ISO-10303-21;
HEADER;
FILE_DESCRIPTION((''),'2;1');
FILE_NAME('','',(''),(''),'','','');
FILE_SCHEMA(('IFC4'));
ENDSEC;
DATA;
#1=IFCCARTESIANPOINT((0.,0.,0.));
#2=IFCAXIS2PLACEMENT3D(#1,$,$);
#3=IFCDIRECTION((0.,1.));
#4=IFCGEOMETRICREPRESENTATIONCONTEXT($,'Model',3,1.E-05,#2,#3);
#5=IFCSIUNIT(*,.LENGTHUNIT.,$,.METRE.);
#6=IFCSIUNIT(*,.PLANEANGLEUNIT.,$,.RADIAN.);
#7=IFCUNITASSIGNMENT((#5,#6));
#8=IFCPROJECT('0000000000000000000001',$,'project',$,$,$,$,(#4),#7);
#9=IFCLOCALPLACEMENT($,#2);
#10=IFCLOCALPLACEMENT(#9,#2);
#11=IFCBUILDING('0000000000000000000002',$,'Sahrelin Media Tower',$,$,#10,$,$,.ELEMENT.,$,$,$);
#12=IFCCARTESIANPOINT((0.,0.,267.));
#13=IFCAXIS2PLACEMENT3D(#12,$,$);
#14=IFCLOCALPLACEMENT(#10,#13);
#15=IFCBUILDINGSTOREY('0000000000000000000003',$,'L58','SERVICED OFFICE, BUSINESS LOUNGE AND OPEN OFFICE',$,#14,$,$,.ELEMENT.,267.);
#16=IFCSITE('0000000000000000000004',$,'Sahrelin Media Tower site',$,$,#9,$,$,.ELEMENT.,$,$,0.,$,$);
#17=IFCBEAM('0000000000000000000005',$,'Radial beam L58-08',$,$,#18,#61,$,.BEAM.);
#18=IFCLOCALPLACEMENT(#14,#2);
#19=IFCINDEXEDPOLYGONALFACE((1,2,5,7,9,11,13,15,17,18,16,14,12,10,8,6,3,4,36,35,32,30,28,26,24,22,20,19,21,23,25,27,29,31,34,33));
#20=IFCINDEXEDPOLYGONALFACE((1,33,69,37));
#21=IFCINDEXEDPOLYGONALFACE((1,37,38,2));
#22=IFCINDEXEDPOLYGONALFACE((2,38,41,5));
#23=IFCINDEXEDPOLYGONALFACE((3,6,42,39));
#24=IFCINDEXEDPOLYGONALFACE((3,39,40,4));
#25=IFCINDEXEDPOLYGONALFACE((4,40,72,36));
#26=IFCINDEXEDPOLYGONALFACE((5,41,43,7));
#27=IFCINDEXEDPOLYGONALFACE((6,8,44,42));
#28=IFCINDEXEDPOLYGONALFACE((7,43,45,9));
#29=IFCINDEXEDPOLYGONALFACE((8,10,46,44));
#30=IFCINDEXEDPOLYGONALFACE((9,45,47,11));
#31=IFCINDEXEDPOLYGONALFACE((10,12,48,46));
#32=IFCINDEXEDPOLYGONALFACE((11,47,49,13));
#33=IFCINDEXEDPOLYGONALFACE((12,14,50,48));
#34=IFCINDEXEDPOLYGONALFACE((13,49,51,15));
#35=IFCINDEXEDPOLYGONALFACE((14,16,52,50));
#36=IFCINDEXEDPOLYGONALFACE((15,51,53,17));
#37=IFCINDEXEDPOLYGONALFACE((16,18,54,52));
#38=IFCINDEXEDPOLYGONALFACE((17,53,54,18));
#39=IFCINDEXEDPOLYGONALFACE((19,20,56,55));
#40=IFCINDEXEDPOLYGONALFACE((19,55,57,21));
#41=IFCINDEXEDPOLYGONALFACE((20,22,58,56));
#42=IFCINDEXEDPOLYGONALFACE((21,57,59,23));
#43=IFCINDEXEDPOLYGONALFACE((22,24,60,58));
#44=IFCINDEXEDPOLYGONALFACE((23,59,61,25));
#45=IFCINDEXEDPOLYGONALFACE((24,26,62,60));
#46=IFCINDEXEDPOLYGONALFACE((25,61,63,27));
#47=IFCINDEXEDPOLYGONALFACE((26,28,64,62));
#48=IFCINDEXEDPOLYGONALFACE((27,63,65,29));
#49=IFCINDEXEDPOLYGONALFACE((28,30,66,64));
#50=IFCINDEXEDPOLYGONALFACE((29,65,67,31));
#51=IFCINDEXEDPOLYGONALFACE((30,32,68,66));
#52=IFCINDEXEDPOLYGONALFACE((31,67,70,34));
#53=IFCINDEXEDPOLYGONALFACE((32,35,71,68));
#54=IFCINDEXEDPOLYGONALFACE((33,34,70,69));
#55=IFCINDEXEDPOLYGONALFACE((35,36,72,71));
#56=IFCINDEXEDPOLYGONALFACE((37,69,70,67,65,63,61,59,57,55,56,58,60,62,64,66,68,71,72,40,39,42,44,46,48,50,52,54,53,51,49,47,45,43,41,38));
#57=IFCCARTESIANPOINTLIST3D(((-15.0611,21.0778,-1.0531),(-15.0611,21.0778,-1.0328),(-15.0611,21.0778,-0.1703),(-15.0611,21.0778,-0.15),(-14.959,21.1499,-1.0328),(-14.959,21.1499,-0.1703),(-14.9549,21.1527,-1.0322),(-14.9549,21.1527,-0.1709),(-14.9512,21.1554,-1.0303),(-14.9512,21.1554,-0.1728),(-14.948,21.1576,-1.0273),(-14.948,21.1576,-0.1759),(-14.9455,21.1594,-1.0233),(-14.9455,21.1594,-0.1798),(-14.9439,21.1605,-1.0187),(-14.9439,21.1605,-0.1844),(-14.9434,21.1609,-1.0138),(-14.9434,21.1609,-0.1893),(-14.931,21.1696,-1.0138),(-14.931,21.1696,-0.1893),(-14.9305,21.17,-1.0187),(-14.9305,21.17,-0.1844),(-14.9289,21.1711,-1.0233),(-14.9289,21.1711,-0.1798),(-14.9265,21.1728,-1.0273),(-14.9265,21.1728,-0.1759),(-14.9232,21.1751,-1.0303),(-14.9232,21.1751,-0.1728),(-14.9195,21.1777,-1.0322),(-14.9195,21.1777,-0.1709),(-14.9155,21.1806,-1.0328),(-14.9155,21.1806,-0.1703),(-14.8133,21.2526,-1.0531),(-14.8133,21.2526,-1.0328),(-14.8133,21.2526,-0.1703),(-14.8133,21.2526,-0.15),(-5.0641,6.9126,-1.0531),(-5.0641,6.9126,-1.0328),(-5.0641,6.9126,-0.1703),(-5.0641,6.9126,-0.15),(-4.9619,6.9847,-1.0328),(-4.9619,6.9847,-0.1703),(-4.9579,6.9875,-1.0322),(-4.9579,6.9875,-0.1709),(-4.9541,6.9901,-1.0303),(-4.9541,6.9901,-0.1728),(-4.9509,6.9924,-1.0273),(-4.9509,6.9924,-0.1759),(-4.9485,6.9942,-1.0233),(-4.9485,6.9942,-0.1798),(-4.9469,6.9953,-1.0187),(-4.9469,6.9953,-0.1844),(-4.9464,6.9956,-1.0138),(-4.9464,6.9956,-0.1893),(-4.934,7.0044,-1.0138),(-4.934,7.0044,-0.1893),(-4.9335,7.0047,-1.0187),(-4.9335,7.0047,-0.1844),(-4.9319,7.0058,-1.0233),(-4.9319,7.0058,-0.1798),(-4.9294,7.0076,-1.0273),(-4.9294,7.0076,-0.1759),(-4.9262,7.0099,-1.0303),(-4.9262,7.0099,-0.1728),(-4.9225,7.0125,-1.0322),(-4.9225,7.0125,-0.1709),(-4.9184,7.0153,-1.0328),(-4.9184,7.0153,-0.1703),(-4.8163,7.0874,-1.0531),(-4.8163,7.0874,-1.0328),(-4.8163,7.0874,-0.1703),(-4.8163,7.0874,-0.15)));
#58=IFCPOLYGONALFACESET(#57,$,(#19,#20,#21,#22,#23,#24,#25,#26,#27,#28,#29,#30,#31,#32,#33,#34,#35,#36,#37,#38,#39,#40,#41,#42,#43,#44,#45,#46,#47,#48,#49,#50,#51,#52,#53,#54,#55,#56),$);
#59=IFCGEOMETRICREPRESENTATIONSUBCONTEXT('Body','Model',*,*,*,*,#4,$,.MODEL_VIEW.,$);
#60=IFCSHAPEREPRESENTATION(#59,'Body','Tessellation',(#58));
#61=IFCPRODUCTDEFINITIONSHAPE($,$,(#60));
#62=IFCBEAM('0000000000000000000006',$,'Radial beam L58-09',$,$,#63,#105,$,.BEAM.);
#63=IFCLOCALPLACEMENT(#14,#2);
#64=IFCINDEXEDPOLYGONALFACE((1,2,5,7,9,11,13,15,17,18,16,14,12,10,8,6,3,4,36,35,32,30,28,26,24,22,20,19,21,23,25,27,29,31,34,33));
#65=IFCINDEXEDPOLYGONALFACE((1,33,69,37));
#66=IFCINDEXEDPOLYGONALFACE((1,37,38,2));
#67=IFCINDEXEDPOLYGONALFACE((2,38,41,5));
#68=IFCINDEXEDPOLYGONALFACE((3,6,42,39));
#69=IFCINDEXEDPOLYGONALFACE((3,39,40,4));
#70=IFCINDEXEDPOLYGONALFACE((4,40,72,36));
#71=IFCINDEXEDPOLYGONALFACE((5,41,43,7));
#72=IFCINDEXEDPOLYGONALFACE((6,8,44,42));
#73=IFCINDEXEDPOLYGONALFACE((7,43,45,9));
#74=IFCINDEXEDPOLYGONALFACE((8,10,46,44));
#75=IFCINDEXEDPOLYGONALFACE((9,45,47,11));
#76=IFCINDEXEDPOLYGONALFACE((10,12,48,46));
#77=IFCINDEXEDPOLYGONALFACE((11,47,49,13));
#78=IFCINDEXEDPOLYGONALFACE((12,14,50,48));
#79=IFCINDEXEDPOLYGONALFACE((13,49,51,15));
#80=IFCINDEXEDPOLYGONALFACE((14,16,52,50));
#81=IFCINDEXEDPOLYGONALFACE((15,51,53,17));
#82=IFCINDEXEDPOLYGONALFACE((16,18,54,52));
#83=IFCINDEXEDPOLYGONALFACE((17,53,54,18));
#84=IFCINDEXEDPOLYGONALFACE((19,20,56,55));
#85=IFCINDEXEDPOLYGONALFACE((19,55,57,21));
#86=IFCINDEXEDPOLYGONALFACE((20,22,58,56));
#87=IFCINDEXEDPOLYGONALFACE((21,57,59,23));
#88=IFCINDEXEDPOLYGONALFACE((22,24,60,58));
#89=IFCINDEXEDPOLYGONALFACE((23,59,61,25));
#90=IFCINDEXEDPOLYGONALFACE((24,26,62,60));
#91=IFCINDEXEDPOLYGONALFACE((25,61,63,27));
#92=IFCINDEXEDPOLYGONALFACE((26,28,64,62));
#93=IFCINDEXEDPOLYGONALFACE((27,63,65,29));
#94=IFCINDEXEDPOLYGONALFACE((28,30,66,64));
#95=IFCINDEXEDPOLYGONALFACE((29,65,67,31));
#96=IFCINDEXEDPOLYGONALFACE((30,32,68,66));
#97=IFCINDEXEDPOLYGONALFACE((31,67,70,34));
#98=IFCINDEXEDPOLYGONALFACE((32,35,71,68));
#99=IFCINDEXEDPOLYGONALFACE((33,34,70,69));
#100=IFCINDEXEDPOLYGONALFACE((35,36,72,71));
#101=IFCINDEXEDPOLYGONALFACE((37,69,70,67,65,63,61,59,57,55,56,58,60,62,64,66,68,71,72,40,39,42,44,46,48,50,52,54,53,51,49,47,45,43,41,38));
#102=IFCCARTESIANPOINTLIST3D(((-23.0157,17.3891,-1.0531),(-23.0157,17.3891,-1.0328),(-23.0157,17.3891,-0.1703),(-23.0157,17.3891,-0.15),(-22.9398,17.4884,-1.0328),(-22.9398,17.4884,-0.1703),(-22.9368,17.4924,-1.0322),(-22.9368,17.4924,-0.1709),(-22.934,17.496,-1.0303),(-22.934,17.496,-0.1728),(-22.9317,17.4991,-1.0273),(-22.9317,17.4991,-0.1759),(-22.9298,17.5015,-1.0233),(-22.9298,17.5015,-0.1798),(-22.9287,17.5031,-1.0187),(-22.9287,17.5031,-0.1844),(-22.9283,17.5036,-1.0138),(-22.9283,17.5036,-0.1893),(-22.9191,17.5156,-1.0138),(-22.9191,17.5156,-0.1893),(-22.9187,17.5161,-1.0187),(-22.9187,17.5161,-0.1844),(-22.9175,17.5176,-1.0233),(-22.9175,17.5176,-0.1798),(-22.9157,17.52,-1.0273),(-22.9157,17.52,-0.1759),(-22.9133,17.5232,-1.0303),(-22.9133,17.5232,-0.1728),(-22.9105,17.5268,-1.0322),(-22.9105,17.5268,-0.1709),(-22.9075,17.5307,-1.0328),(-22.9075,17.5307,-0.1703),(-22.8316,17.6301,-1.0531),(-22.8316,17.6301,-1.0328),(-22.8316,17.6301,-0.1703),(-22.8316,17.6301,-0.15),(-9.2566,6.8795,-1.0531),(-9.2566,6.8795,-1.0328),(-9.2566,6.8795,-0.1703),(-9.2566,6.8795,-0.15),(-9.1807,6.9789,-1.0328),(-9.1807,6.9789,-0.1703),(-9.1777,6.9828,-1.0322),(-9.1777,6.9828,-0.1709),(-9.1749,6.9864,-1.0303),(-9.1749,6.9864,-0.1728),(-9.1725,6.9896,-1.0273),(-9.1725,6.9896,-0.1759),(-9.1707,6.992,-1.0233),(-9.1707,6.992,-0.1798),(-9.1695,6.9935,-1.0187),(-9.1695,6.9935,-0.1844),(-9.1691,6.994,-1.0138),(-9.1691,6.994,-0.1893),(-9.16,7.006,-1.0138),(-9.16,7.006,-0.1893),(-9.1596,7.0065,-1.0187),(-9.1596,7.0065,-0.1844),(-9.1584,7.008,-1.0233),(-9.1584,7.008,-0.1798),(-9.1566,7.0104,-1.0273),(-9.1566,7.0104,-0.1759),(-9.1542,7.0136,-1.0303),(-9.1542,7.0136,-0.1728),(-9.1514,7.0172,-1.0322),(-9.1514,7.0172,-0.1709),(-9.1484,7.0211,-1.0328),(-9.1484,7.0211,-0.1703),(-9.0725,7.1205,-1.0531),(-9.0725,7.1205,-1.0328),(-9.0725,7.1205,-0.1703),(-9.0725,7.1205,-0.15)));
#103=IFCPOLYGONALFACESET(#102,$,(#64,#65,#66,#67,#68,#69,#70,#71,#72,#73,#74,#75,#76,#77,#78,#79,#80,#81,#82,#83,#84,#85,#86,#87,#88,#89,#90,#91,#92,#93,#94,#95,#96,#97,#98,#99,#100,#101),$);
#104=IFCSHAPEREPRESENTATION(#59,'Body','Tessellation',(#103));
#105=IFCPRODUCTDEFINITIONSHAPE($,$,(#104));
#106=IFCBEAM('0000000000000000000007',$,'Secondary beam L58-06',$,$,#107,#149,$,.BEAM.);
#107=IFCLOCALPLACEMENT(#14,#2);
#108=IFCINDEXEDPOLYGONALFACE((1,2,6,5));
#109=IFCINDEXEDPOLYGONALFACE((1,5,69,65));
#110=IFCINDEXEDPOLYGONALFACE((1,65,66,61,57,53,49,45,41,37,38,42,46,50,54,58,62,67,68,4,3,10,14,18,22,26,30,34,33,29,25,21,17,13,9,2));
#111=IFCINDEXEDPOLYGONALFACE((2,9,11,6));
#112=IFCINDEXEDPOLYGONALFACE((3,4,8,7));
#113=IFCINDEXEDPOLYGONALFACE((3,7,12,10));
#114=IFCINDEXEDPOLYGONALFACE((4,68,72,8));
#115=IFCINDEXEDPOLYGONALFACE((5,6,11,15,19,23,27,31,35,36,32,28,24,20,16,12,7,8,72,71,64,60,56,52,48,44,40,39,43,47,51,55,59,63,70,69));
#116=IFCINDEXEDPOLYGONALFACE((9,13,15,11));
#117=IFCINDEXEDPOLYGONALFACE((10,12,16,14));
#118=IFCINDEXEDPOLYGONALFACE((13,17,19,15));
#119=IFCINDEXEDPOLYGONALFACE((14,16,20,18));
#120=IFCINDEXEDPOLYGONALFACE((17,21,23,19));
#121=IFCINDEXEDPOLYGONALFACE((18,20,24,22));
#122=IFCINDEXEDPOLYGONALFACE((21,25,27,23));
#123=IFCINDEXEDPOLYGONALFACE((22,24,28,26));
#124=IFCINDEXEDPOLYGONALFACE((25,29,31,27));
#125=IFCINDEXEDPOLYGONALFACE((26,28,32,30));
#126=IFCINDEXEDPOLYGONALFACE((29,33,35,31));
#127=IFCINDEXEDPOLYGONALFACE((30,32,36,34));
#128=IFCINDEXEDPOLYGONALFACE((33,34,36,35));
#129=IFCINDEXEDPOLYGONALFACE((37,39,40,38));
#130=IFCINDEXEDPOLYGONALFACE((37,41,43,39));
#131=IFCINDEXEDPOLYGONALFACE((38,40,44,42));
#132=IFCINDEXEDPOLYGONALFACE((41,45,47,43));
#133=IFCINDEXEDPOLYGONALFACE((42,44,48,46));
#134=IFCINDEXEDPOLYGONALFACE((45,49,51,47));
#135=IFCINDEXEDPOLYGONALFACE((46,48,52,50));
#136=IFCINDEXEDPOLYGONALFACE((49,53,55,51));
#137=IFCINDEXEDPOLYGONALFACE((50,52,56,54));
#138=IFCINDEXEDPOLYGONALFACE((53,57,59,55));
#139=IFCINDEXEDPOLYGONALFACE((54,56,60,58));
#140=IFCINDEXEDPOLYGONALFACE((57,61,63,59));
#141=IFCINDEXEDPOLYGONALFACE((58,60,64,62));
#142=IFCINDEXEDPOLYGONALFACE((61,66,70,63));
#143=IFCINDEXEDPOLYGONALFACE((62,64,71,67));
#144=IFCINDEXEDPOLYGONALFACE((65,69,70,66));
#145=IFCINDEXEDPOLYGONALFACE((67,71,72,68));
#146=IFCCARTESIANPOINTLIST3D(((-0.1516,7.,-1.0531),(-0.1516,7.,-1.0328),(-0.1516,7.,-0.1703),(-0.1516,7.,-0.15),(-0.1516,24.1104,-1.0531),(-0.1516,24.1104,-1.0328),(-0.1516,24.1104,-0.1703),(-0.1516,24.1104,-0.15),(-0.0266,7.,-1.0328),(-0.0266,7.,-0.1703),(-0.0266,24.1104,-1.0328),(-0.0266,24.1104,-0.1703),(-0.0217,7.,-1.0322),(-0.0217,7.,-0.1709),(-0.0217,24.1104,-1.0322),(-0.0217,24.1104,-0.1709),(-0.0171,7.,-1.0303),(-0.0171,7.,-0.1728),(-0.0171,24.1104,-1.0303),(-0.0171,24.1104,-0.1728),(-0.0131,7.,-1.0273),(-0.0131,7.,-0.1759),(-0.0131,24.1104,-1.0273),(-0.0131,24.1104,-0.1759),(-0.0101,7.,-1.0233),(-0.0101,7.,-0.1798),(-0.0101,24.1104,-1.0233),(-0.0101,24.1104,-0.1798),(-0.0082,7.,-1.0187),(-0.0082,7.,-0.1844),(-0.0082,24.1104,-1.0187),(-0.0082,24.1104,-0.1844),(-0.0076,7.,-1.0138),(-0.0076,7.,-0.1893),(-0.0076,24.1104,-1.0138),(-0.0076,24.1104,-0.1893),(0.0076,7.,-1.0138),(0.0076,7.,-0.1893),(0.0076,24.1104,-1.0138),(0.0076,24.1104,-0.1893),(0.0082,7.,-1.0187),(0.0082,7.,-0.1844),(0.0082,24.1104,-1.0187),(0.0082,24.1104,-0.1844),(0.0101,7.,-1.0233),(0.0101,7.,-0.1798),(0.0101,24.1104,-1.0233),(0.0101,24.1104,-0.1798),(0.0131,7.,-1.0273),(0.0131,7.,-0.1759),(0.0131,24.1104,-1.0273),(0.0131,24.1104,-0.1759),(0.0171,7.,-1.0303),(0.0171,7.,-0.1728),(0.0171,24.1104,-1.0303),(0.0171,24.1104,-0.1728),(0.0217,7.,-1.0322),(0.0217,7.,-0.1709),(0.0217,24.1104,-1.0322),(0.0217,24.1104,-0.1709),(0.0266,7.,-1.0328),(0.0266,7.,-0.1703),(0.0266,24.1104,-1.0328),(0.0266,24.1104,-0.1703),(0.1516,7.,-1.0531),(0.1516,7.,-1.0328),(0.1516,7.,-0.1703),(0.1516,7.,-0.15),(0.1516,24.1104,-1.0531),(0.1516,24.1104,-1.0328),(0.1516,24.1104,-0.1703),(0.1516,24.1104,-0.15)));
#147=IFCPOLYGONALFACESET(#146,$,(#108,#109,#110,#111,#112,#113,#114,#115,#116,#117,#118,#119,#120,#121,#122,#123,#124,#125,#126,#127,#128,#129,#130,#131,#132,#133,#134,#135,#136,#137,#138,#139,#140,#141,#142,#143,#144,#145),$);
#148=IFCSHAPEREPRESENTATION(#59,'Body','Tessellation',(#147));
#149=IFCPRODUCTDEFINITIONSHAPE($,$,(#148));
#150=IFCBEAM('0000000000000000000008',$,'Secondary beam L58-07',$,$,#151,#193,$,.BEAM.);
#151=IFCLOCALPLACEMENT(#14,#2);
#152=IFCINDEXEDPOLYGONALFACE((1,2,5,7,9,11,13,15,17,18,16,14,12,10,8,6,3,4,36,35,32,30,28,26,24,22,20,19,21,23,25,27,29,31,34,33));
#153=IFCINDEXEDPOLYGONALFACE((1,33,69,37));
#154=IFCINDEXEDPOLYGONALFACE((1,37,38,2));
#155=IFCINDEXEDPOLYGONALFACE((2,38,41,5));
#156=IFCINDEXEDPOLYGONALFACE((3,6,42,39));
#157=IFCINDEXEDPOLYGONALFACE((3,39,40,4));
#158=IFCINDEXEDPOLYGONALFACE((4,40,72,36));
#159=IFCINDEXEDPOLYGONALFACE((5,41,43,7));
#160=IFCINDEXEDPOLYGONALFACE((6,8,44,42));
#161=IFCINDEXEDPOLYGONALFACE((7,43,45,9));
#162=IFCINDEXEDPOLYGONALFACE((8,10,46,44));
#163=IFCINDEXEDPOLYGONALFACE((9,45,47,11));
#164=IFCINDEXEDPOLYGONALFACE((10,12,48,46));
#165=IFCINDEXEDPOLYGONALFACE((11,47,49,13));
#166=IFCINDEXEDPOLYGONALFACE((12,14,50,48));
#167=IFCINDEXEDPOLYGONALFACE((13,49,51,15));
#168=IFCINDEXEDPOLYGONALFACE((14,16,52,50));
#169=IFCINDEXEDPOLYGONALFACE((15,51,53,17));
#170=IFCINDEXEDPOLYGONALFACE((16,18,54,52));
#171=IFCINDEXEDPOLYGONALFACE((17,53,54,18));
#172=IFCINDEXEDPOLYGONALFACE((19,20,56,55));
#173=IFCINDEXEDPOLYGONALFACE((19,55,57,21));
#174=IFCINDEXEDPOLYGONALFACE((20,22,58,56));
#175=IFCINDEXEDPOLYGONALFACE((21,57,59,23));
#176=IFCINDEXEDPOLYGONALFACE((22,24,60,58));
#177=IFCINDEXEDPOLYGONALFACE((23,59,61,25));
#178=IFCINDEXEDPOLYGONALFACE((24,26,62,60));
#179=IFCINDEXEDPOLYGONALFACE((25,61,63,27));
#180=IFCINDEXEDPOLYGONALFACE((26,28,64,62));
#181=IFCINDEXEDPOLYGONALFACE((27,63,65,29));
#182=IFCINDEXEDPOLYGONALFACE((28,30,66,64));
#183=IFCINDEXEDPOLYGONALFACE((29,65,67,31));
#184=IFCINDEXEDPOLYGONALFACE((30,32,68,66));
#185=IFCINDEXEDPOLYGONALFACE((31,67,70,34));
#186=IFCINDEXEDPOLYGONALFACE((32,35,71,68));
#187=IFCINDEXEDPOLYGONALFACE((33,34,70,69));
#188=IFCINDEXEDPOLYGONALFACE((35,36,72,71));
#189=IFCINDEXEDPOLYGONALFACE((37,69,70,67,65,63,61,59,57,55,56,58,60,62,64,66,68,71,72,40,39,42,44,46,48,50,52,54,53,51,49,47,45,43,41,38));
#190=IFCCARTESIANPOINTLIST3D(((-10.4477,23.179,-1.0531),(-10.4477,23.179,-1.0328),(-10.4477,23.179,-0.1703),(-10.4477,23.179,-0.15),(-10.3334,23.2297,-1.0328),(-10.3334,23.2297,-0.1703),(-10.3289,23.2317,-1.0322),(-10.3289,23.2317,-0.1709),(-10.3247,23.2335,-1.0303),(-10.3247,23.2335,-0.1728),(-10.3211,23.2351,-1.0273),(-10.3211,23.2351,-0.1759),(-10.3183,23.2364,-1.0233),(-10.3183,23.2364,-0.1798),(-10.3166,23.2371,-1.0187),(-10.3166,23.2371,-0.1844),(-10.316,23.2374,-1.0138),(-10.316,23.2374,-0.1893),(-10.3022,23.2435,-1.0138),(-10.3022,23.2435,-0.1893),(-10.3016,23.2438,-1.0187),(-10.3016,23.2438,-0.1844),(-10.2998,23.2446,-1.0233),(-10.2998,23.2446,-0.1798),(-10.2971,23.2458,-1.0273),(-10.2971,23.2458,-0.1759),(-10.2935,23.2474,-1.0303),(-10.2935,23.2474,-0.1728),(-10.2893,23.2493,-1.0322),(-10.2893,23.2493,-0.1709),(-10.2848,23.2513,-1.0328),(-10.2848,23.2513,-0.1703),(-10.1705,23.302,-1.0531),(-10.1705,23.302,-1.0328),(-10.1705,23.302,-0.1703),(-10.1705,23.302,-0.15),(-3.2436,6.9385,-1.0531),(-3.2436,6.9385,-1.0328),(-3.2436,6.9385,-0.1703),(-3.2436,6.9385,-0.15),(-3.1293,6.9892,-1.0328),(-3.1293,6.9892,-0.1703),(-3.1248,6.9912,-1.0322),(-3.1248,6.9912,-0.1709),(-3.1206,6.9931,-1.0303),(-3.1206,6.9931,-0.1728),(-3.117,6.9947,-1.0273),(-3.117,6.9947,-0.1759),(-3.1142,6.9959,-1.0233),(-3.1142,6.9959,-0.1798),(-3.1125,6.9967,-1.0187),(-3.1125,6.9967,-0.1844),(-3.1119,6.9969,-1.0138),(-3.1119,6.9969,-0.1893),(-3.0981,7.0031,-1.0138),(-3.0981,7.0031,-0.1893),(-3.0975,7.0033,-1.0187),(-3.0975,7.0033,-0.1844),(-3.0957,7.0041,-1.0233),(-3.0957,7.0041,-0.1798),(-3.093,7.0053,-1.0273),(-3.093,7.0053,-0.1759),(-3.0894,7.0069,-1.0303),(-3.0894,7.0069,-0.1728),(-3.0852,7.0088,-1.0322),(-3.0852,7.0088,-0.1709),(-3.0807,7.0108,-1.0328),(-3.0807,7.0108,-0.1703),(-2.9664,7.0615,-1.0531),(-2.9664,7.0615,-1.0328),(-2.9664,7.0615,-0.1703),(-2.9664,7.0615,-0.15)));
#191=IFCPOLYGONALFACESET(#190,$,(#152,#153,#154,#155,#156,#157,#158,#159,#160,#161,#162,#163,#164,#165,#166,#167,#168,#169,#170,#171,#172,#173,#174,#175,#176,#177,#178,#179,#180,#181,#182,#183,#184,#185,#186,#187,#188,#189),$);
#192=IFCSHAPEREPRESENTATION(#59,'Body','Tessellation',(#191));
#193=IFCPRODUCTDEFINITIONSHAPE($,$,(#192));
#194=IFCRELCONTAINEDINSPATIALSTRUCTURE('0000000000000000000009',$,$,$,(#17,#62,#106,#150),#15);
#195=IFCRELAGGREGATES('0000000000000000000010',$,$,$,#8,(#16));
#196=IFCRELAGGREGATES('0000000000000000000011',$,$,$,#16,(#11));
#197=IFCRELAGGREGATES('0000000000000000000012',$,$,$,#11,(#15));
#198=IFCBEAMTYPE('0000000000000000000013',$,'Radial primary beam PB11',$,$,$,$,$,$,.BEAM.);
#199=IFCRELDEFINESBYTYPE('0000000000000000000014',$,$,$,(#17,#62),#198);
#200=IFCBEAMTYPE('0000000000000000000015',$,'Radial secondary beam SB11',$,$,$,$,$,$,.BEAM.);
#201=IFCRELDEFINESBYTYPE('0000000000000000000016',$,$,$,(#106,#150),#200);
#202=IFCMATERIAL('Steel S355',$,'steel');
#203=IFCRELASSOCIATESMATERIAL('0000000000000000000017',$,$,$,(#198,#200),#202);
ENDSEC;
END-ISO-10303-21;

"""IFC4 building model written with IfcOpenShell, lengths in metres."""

from ifc_helpers import new_model, si_unit, direction, frame, origin, origin_2d, place, context, subcontext, project, spatial, i_section, extrude, material, material_profile, profile_set, type_object, element, save


model = new_model("IFC4")

# Units and contexts
model_context = context("Model", 3, precision=1e-05, world=origin(), true_north=direction((0.0, 1.0)))
body_context = subcontext(model_context, "Body", "Model", "MODEL_VIEW")
ifc_project = project(units=[si_unit("LENGTHUNIT", "METRE"), si_unit("PLANEANGLEUNIT", "RADIAN")], contexts=[model_context])

# Site, building, storey
site_placement = place(None, origin())
site = spatial("IfcSite", under=ifc_project, at=site_placement, Name="Sahrelin Media Tower site", CompositionType="ELEMENT", RefElevation=0.0)
building_placement = place(site_placement, origin())
building = spatial("IfcBuilding", under=site, at=building_placement, Name="Sahrelin Media Tower", CompositionType="ELEMENT")
storey_placement = place(building_placement, frame((0.0, 0.0, 267.0)))
storey = spatial("IfcBuildingStorey", under=building, at=storey_placement, Name="L58", Description="SERVICED OFFICE, BUSINESS LOUNGE AND OPEN OFFICE", CompositionType="ELEMENT", Elevation=267.0)

# Shared definitions
ifc_material_1 = material(Name="Steel S355", Category="steel")

# Beams
ifc_material_profile_1 = material_profile(ifc_material_1, i_section(OverallWidth=0.3032, OverallDepth=0.9031, WebThickness=0.0151, FlangeThickness=0.0203, FilletRadius=0.019, at=origin_2d()), Name="UB 914x305x201")
ifc_profile_set_1 = profile_set([ifc_material_profile_1], Name="Steel S355")
beam_type_1 = type_object("IfcBeamType", Name="Radial primary beam PB11", PredefinedType="BEAM", material=ifc_profile_set_1)
beam_1_placement = place(storey_placement, frame((-4.9402, 7.0, -0.6016), z_axis=(-0.576608, 0.817021, 0.0), x_axis=(-0.817021, -0.576608, 0.0)))
element("IfcBeam", 1, at=beam_1_placement, inside=storey, type_object=beam_type_1, Name="Radial beam L58-08", PredefinedType="BEAM", context=body_context, shape_type="SweptSolid", body=[
    extrude(i_section(OverallWidth=0.3032, OverallDepth=0.9031, WebThickness=0.0151, FlangeThickness=0.0203, FilletRadius=0.019, at=origin_2d()), origin(), (0.0, 0.0, 1.0), 17.3376),
])
beam_2_placement = place(storey_placement, frame((-9.1646, 7.0, -0.6016), z_axis=(-0.794695, 0.607009, 0.0), x_axis=(-0.607009, -0.794695, 0.0)))
element("IfcBeam", 2, at=beam_2_placement, inside=storey, type_object=beam_type_1, Name="Radial beam L58-09", PredefinedType="BEAM", context=body_context, shape_type="SweptSolid", body=[
    extrude(i_section(OverallWidth=0.3032, OverallDepth=0.9031, WebThickness=0.0151, FlangeThickness=0.0203, FilletRadius=0.019, at=origin_2d()), origin(), (0.0, 0.0, 1.0), 17.3137),
])
ifc_material_profile_2 = material_profile(ifc_material_1, i_section(OverallWidth=0.3032, OverallDepth=0.9031, WebThickness=0.0151, FlangeThickness=0.0203, FilletRadius=0.019, at=origin_2d()), Name="UB 914x305x201")
ifc_profile_set_2 = profile_set([ifc_material_profile_2], Name="Steel S355")
beam_type_2 = type_object("IfcBeamType", Name="Radial secondary beam SB11", PredefinedType="BEAM", material=ifc_profile_set_2)
beam_3_placement = place(storey_placement, frame((0.0, 7.0, -0.6016), z_axis=(0.0, 1.0, 0.0), x_axis=(-1.0, 0.0, 0.0)))
element("IfcBeam", 3, at=beam_3_placement, inside=storey, type_object=beam_type_2, Name="Secondary beam L58-06", PredefinedType="BEAM", context=body_context, shape_type="SweptSolid", body=[
    extrude(i_section(OverallWidth=0.3032, OverallDepth=0.9031, WebThickness=0.0151, FlangeThickness=0.0203, FilletRadius=0.019, at=origin_2d()), origin(), (0.0, 0.0, 1.0), 17.1104),
])
beam_4_placement = place(storey_placement, frame((-3.105, 7.0, -0.6016), z_axis=(-0.405486, 0.914101, 0.0), x_axis=(-0.914101, -0.405486, 0.0)))
element("IfcBeam", 4, at=beam_4_placement, inside=storey, type_object=beam_type_2, Name="Secondary beam L58-07", PredefinedType="BEAM", context=body_context, shape_type="SweptSolid", body=[
    extrude(i_section(OverallWidth=0.3032, OverallDepth=0.9031, WebThickness=0.0151, FlangeThickness=0.0203, FilletRadius=0.019, at=origin_2d()), origin(), (0.0, 0.0, 1.0), 17.7666),
])

save(model, "model.ifc")
